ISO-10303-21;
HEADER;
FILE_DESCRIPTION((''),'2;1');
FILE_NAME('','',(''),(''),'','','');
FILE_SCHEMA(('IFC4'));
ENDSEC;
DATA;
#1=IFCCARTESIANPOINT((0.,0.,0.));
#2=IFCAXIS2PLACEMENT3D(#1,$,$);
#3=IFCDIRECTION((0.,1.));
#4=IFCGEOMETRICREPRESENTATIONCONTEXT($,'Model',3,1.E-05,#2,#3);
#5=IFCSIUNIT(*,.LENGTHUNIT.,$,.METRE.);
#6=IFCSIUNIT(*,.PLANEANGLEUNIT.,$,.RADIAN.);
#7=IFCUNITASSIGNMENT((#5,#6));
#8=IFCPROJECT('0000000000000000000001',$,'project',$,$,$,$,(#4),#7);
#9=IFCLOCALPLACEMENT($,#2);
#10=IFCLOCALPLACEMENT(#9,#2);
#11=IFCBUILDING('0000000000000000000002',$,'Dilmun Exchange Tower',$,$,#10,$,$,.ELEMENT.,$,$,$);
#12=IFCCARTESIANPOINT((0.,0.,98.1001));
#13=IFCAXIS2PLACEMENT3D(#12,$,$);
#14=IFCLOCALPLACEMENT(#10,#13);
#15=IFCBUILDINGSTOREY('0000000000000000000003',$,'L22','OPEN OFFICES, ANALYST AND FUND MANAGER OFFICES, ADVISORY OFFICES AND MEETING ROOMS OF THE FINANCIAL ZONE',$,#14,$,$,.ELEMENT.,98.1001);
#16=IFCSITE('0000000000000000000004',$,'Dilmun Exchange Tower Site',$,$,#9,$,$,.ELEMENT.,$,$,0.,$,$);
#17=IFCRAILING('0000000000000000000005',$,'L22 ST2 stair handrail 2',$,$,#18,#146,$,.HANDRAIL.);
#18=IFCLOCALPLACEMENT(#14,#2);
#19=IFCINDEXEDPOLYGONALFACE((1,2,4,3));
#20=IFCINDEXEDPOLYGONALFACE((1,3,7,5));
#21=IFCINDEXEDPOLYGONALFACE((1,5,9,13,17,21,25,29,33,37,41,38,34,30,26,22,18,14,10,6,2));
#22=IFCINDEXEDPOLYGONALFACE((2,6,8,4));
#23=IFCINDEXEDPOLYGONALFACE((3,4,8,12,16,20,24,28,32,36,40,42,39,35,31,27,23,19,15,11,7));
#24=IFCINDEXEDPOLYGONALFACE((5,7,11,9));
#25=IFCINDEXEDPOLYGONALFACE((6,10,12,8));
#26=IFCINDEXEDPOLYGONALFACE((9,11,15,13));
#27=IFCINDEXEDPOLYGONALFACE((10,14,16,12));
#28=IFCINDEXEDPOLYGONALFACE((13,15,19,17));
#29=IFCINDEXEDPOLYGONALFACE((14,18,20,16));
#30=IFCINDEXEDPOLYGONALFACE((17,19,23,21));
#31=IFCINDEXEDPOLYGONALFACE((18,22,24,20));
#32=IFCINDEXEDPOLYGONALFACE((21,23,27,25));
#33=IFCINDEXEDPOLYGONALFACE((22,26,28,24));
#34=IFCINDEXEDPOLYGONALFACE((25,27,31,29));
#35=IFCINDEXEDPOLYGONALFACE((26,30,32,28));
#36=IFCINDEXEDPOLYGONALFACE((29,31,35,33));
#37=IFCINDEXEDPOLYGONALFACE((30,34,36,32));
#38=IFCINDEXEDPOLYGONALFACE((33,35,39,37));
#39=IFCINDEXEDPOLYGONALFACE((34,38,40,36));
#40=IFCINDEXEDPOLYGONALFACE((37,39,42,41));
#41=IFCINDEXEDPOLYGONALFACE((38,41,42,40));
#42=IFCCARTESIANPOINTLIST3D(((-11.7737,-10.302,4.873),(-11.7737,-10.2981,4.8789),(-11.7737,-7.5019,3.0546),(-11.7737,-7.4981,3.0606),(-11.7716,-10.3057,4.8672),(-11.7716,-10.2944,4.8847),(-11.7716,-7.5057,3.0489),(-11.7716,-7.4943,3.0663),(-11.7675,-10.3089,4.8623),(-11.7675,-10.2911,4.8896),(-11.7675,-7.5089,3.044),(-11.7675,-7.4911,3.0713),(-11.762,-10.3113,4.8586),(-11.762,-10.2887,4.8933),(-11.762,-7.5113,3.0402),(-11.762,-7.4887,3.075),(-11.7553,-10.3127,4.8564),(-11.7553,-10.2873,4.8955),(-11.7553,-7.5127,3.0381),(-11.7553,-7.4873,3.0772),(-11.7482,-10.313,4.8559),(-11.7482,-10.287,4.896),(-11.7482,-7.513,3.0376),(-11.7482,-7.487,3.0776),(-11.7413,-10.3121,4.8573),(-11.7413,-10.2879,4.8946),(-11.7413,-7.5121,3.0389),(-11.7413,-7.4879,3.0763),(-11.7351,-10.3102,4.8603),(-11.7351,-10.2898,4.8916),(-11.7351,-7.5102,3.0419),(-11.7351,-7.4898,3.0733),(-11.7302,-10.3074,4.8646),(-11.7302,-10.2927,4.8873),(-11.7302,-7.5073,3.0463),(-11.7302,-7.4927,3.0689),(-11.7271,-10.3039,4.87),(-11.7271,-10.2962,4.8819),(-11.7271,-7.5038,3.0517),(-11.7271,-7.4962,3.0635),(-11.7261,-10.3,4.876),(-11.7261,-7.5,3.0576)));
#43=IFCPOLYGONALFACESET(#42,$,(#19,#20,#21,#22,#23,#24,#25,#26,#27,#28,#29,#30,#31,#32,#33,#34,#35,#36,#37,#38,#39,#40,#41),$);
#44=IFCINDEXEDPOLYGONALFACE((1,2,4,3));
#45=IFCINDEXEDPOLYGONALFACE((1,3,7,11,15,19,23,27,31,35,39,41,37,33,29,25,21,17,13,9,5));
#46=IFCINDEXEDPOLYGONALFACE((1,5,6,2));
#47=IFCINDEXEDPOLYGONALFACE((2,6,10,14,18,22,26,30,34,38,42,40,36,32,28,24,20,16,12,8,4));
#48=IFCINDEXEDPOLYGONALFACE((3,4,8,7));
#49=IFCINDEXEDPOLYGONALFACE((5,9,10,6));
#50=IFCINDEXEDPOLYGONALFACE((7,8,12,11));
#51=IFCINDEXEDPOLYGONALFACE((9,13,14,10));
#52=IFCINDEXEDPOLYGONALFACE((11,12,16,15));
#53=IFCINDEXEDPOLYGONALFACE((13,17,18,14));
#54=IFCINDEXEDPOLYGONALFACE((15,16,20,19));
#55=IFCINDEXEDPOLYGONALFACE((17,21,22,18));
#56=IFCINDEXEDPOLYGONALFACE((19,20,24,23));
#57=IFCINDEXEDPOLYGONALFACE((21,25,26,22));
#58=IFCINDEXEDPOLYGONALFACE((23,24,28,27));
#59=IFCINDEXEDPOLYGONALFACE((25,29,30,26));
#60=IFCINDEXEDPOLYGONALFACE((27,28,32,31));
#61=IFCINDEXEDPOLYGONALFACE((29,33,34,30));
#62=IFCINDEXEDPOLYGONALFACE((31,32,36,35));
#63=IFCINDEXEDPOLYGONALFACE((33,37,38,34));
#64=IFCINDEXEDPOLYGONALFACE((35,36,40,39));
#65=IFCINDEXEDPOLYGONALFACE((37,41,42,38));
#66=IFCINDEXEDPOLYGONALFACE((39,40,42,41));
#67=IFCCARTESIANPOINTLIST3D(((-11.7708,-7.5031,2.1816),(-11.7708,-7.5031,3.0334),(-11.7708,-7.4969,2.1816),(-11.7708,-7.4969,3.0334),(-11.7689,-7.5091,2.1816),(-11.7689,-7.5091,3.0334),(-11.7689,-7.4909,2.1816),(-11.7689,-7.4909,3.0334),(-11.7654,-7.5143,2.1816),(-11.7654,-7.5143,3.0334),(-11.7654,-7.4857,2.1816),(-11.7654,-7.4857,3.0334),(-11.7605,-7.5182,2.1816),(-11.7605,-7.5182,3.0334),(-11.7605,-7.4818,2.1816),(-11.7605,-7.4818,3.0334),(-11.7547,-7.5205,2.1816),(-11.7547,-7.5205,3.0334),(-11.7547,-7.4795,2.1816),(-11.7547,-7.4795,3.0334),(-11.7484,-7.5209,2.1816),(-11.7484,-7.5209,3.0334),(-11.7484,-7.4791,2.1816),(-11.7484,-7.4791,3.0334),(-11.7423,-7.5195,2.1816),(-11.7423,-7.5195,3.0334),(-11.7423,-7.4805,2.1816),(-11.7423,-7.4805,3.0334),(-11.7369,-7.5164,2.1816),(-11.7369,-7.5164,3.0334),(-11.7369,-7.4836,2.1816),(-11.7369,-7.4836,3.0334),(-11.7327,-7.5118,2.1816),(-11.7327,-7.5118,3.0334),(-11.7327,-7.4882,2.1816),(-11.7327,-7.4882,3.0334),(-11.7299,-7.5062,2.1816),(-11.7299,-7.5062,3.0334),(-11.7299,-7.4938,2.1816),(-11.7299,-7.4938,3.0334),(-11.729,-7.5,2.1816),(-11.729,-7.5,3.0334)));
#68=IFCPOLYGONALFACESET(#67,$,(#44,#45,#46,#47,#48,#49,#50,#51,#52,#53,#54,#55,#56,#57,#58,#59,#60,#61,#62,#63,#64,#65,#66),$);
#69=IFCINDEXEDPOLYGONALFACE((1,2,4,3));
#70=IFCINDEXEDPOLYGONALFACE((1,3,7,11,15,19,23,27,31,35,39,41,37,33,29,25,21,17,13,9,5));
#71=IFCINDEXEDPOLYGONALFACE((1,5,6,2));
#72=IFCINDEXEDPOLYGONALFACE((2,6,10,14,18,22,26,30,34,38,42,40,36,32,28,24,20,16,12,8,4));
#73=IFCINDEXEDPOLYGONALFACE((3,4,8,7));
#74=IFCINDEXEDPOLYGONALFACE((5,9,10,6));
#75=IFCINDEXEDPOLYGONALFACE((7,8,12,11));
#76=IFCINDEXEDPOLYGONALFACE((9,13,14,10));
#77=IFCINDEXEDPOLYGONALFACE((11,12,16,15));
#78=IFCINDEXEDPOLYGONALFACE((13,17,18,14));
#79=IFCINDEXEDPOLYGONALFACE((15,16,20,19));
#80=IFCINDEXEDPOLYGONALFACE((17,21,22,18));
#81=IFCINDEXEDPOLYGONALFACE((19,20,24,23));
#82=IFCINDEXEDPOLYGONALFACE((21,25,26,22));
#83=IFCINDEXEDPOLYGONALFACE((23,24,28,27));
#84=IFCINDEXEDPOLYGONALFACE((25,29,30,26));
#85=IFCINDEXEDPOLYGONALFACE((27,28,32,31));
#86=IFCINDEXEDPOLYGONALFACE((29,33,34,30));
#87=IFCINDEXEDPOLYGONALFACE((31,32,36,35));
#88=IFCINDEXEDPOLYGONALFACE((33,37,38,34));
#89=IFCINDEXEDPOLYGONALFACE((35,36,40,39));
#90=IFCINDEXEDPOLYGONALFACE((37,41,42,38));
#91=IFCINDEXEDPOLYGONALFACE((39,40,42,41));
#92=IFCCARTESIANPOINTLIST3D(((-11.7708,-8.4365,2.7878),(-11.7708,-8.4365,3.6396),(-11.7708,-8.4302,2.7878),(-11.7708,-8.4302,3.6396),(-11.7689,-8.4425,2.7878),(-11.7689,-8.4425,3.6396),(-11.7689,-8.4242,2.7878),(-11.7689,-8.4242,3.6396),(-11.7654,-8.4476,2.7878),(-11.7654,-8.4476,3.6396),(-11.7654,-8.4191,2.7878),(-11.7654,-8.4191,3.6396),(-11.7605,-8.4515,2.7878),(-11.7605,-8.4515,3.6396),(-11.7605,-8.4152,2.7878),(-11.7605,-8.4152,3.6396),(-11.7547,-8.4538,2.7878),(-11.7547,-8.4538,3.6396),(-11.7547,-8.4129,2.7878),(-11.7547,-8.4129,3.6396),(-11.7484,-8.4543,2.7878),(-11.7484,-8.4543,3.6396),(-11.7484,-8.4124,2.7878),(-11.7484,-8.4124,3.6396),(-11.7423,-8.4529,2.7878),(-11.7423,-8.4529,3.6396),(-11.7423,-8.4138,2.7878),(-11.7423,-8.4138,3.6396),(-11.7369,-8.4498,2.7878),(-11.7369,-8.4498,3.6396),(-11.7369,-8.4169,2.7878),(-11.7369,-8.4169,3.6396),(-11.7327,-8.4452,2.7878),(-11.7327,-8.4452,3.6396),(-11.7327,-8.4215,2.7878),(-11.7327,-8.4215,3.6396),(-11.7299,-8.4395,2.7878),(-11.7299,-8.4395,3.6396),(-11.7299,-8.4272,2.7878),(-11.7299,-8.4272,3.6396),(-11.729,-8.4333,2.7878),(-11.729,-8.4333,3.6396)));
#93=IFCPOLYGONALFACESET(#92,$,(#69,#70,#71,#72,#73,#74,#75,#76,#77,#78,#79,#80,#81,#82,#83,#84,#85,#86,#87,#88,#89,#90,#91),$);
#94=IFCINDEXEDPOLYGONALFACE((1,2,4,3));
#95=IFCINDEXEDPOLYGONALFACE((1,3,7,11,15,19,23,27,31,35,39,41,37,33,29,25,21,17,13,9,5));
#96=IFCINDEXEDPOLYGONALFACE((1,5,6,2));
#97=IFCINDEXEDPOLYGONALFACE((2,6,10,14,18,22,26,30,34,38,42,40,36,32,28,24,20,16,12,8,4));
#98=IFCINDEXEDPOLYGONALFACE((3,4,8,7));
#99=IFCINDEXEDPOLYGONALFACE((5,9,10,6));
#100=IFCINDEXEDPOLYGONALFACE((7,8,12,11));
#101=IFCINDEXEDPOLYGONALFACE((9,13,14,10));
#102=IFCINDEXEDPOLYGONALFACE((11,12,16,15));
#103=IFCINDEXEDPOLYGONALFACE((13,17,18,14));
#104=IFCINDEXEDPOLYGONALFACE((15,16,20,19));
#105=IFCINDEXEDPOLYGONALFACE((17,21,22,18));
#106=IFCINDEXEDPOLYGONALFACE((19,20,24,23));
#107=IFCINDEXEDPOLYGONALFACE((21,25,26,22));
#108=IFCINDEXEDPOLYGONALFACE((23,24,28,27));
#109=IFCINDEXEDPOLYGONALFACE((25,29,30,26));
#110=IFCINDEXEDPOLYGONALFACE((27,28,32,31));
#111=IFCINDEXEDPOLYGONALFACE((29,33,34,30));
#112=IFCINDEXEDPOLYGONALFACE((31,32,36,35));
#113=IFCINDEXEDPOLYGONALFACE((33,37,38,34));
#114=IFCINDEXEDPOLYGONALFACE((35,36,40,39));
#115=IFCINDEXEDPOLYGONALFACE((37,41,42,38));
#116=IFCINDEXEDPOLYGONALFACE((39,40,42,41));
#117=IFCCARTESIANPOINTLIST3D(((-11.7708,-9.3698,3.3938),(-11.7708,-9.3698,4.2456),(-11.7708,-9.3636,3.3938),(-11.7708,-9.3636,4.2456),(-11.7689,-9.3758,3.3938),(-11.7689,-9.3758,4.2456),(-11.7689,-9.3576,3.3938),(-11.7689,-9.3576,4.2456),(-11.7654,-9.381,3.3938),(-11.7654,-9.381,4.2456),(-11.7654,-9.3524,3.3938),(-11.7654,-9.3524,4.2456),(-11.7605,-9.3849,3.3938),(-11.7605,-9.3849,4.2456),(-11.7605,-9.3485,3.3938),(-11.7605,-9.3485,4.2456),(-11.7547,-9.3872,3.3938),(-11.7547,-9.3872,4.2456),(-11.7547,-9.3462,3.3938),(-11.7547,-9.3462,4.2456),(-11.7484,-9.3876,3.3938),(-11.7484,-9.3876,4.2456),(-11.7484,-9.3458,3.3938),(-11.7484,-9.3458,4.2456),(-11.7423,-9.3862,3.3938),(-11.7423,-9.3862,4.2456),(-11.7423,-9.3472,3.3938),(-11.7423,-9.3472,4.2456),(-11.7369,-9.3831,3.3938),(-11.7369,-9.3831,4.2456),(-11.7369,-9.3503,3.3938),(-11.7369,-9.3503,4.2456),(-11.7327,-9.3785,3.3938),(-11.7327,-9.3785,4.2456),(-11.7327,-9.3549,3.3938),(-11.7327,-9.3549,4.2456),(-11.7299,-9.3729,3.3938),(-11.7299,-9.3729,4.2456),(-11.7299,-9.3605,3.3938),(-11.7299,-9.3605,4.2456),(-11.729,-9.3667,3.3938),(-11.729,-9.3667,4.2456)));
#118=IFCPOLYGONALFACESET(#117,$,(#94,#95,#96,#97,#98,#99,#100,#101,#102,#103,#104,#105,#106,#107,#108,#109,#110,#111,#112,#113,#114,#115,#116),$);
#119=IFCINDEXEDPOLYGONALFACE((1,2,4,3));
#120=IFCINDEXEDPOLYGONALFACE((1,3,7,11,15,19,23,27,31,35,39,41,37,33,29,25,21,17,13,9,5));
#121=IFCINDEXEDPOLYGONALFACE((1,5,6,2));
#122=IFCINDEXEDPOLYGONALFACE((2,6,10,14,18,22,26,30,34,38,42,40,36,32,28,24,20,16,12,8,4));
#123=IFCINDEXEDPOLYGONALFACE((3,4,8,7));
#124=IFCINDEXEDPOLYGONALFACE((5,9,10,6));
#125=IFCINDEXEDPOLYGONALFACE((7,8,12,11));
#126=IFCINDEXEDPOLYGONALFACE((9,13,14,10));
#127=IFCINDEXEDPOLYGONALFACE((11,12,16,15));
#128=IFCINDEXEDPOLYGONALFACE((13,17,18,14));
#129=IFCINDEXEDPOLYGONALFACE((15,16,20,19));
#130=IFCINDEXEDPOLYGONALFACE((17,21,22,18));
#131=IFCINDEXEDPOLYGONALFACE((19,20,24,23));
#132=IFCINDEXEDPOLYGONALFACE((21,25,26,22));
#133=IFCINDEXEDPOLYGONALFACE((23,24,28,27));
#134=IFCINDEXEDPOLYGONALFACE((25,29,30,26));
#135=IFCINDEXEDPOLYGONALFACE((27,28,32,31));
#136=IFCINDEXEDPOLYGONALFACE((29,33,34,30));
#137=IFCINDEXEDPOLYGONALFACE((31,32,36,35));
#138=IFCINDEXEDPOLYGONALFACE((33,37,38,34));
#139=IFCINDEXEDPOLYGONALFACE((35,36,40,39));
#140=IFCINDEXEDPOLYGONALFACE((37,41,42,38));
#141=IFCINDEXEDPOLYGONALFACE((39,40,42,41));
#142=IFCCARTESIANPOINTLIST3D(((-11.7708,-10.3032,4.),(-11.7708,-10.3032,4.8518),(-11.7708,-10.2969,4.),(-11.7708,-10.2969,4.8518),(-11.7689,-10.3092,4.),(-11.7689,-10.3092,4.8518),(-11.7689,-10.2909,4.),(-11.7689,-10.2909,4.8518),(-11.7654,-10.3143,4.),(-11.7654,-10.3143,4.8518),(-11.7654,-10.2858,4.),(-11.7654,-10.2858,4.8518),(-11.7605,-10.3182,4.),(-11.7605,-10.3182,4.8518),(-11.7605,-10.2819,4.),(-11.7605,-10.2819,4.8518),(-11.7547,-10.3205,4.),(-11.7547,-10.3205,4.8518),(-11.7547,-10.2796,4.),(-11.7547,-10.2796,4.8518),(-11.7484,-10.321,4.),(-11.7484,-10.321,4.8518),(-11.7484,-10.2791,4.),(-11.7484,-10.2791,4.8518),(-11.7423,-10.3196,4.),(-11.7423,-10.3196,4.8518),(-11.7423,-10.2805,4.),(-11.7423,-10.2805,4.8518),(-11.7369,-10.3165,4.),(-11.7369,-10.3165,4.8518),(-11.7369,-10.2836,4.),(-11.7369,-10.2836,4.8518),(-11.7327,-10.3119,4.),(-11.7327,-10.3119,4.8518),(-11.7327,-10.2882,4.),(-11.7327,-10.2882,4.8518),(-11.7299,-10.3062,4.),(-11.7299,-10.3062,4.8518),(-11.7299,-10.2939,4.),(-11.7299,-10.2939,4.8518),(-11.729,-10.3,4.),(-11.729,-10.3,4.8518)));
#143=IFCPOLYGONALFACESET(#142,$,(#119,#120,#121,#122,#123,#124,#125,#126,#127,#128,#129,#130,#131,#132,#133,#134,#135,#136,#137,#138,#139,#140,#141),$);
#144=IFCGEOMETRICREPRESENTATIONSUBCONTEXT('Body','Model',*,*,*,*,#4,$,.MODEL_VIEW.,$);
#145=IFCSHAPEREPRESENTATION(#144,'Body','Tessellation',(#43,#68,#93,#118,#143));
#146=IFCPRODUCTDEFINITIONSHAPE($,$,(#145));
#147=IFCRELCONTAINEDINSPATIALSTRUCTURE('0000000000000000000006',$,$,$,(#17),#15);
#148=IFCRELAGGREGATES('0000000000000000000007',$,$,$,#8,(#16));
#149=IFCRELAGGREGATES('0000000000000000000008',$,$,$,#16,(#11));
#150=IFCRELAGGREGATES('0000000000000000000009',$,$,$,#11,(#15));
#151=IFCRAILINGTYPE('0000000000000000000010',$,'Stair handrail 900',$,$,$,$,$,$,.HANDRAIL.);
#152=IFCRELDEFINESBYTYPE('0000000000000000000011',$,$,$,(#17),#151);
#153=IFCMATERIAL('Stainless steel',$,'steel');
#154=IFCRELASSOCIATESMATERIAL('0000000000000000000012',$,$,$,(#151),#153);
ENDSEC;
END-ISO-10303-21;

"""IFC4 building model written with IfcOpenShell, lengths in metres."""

from ifc_helpers import new_model, si_unit, direction, frame, origin, origin_2d, place, context, subcontext, project, spatial, circle, extrude, material, type_object, element, save


model = new_model("IFC4")

# Units and contexts
model_context = context("Model", 3, precision=1e-05, world=origin(), true_north=direction((0.0, 1.0)))
body_context = subcontext(model_context, "Body", "Model", "MODEL_VIEW")
ifc_project = project(units=[si_unit("LENGTHUNIT", "METRE"), si_unit("PLANEANGLEUNIT", "RADIAN")], contexts=[model_context])

# Site, building, storey
site_placement = place(None, origin())
site = spatial("IfcSite", under=ifc_project, at=site_placement, Name="Dilmun Exchange Tower Site", CompositionType="ELEMENT", RefElevation=0.0)
building_placement = place(site_placement, origin())
building = spatial("IfcBuilding", under=site, at=building_placement, Name="Dilmun Exchange Tower", CompositionType="ELEMENT")
storey_placement = place(building_placement, frame((0.0, 0.0, 98.1001)))
storey = spatial("IfcBuildingStorey", under=building, at=storey_placement, Name="L22", Description="OPEN OFFICES, ANALYST AND FUND MANAGER OFFICES, ADVISORY OFFICES AND MEETING ROOMS OF THE FINANCIAL ZONE", CompositionType="ELEMENT", Elevation=98.1001)

# Railing
ifc_material_1 = material(Name="Stainless steel", Category="steel")
railing_type = type_object("IfcRailingType", Name="Stair handrail 900", PredefinedType="HANDRAIL", material=ifc_material_1)
railing_placement = place(storey_placement, frame((-11.75, -7.5, 2.1816)))
element("IfcRailing", 1, at=railing_placement, inside=storey, type_object=railing_type, Name="L22 ST2 stair handrail 2", PredefinedType="HANDRAIL", context=body_context, shape_type="SweptSolid", body=[
    extrude(circle(Radius=0.0239, at=origin_2d()), frame((0.0, 0.0, 0.876), z_axis=(0.0, -0.838672, 0.544636), x_axis=(1.0, 0.0, 0.0)), (0.0, 0.0, 1.0), 3.3386),
    extrude(circle(Radius=0.021, at=origin_2d()), origin(), (0.0, 0.0, 1.0), 0.8518),
    extrude(circle(Radius=0.021, at=origin_2d()), frame((0.0, -0.9333, 0.6062)), (0.0, 0.0, 1.0), 0.8518),
    extrude(circle(Radius=0.021, at=origin_2d()), frame((0.0, -1.8667, 1.2122)), (0.0, 0.0, 1.0), 0.8518),
    extrude(circle(Radius=0.021, at=origin_2d()), frame((0.0, -2.8, 1.8184)), (0.0, 0.0, 1.0), 0.8518),
])

save(model, "model.ifc")
